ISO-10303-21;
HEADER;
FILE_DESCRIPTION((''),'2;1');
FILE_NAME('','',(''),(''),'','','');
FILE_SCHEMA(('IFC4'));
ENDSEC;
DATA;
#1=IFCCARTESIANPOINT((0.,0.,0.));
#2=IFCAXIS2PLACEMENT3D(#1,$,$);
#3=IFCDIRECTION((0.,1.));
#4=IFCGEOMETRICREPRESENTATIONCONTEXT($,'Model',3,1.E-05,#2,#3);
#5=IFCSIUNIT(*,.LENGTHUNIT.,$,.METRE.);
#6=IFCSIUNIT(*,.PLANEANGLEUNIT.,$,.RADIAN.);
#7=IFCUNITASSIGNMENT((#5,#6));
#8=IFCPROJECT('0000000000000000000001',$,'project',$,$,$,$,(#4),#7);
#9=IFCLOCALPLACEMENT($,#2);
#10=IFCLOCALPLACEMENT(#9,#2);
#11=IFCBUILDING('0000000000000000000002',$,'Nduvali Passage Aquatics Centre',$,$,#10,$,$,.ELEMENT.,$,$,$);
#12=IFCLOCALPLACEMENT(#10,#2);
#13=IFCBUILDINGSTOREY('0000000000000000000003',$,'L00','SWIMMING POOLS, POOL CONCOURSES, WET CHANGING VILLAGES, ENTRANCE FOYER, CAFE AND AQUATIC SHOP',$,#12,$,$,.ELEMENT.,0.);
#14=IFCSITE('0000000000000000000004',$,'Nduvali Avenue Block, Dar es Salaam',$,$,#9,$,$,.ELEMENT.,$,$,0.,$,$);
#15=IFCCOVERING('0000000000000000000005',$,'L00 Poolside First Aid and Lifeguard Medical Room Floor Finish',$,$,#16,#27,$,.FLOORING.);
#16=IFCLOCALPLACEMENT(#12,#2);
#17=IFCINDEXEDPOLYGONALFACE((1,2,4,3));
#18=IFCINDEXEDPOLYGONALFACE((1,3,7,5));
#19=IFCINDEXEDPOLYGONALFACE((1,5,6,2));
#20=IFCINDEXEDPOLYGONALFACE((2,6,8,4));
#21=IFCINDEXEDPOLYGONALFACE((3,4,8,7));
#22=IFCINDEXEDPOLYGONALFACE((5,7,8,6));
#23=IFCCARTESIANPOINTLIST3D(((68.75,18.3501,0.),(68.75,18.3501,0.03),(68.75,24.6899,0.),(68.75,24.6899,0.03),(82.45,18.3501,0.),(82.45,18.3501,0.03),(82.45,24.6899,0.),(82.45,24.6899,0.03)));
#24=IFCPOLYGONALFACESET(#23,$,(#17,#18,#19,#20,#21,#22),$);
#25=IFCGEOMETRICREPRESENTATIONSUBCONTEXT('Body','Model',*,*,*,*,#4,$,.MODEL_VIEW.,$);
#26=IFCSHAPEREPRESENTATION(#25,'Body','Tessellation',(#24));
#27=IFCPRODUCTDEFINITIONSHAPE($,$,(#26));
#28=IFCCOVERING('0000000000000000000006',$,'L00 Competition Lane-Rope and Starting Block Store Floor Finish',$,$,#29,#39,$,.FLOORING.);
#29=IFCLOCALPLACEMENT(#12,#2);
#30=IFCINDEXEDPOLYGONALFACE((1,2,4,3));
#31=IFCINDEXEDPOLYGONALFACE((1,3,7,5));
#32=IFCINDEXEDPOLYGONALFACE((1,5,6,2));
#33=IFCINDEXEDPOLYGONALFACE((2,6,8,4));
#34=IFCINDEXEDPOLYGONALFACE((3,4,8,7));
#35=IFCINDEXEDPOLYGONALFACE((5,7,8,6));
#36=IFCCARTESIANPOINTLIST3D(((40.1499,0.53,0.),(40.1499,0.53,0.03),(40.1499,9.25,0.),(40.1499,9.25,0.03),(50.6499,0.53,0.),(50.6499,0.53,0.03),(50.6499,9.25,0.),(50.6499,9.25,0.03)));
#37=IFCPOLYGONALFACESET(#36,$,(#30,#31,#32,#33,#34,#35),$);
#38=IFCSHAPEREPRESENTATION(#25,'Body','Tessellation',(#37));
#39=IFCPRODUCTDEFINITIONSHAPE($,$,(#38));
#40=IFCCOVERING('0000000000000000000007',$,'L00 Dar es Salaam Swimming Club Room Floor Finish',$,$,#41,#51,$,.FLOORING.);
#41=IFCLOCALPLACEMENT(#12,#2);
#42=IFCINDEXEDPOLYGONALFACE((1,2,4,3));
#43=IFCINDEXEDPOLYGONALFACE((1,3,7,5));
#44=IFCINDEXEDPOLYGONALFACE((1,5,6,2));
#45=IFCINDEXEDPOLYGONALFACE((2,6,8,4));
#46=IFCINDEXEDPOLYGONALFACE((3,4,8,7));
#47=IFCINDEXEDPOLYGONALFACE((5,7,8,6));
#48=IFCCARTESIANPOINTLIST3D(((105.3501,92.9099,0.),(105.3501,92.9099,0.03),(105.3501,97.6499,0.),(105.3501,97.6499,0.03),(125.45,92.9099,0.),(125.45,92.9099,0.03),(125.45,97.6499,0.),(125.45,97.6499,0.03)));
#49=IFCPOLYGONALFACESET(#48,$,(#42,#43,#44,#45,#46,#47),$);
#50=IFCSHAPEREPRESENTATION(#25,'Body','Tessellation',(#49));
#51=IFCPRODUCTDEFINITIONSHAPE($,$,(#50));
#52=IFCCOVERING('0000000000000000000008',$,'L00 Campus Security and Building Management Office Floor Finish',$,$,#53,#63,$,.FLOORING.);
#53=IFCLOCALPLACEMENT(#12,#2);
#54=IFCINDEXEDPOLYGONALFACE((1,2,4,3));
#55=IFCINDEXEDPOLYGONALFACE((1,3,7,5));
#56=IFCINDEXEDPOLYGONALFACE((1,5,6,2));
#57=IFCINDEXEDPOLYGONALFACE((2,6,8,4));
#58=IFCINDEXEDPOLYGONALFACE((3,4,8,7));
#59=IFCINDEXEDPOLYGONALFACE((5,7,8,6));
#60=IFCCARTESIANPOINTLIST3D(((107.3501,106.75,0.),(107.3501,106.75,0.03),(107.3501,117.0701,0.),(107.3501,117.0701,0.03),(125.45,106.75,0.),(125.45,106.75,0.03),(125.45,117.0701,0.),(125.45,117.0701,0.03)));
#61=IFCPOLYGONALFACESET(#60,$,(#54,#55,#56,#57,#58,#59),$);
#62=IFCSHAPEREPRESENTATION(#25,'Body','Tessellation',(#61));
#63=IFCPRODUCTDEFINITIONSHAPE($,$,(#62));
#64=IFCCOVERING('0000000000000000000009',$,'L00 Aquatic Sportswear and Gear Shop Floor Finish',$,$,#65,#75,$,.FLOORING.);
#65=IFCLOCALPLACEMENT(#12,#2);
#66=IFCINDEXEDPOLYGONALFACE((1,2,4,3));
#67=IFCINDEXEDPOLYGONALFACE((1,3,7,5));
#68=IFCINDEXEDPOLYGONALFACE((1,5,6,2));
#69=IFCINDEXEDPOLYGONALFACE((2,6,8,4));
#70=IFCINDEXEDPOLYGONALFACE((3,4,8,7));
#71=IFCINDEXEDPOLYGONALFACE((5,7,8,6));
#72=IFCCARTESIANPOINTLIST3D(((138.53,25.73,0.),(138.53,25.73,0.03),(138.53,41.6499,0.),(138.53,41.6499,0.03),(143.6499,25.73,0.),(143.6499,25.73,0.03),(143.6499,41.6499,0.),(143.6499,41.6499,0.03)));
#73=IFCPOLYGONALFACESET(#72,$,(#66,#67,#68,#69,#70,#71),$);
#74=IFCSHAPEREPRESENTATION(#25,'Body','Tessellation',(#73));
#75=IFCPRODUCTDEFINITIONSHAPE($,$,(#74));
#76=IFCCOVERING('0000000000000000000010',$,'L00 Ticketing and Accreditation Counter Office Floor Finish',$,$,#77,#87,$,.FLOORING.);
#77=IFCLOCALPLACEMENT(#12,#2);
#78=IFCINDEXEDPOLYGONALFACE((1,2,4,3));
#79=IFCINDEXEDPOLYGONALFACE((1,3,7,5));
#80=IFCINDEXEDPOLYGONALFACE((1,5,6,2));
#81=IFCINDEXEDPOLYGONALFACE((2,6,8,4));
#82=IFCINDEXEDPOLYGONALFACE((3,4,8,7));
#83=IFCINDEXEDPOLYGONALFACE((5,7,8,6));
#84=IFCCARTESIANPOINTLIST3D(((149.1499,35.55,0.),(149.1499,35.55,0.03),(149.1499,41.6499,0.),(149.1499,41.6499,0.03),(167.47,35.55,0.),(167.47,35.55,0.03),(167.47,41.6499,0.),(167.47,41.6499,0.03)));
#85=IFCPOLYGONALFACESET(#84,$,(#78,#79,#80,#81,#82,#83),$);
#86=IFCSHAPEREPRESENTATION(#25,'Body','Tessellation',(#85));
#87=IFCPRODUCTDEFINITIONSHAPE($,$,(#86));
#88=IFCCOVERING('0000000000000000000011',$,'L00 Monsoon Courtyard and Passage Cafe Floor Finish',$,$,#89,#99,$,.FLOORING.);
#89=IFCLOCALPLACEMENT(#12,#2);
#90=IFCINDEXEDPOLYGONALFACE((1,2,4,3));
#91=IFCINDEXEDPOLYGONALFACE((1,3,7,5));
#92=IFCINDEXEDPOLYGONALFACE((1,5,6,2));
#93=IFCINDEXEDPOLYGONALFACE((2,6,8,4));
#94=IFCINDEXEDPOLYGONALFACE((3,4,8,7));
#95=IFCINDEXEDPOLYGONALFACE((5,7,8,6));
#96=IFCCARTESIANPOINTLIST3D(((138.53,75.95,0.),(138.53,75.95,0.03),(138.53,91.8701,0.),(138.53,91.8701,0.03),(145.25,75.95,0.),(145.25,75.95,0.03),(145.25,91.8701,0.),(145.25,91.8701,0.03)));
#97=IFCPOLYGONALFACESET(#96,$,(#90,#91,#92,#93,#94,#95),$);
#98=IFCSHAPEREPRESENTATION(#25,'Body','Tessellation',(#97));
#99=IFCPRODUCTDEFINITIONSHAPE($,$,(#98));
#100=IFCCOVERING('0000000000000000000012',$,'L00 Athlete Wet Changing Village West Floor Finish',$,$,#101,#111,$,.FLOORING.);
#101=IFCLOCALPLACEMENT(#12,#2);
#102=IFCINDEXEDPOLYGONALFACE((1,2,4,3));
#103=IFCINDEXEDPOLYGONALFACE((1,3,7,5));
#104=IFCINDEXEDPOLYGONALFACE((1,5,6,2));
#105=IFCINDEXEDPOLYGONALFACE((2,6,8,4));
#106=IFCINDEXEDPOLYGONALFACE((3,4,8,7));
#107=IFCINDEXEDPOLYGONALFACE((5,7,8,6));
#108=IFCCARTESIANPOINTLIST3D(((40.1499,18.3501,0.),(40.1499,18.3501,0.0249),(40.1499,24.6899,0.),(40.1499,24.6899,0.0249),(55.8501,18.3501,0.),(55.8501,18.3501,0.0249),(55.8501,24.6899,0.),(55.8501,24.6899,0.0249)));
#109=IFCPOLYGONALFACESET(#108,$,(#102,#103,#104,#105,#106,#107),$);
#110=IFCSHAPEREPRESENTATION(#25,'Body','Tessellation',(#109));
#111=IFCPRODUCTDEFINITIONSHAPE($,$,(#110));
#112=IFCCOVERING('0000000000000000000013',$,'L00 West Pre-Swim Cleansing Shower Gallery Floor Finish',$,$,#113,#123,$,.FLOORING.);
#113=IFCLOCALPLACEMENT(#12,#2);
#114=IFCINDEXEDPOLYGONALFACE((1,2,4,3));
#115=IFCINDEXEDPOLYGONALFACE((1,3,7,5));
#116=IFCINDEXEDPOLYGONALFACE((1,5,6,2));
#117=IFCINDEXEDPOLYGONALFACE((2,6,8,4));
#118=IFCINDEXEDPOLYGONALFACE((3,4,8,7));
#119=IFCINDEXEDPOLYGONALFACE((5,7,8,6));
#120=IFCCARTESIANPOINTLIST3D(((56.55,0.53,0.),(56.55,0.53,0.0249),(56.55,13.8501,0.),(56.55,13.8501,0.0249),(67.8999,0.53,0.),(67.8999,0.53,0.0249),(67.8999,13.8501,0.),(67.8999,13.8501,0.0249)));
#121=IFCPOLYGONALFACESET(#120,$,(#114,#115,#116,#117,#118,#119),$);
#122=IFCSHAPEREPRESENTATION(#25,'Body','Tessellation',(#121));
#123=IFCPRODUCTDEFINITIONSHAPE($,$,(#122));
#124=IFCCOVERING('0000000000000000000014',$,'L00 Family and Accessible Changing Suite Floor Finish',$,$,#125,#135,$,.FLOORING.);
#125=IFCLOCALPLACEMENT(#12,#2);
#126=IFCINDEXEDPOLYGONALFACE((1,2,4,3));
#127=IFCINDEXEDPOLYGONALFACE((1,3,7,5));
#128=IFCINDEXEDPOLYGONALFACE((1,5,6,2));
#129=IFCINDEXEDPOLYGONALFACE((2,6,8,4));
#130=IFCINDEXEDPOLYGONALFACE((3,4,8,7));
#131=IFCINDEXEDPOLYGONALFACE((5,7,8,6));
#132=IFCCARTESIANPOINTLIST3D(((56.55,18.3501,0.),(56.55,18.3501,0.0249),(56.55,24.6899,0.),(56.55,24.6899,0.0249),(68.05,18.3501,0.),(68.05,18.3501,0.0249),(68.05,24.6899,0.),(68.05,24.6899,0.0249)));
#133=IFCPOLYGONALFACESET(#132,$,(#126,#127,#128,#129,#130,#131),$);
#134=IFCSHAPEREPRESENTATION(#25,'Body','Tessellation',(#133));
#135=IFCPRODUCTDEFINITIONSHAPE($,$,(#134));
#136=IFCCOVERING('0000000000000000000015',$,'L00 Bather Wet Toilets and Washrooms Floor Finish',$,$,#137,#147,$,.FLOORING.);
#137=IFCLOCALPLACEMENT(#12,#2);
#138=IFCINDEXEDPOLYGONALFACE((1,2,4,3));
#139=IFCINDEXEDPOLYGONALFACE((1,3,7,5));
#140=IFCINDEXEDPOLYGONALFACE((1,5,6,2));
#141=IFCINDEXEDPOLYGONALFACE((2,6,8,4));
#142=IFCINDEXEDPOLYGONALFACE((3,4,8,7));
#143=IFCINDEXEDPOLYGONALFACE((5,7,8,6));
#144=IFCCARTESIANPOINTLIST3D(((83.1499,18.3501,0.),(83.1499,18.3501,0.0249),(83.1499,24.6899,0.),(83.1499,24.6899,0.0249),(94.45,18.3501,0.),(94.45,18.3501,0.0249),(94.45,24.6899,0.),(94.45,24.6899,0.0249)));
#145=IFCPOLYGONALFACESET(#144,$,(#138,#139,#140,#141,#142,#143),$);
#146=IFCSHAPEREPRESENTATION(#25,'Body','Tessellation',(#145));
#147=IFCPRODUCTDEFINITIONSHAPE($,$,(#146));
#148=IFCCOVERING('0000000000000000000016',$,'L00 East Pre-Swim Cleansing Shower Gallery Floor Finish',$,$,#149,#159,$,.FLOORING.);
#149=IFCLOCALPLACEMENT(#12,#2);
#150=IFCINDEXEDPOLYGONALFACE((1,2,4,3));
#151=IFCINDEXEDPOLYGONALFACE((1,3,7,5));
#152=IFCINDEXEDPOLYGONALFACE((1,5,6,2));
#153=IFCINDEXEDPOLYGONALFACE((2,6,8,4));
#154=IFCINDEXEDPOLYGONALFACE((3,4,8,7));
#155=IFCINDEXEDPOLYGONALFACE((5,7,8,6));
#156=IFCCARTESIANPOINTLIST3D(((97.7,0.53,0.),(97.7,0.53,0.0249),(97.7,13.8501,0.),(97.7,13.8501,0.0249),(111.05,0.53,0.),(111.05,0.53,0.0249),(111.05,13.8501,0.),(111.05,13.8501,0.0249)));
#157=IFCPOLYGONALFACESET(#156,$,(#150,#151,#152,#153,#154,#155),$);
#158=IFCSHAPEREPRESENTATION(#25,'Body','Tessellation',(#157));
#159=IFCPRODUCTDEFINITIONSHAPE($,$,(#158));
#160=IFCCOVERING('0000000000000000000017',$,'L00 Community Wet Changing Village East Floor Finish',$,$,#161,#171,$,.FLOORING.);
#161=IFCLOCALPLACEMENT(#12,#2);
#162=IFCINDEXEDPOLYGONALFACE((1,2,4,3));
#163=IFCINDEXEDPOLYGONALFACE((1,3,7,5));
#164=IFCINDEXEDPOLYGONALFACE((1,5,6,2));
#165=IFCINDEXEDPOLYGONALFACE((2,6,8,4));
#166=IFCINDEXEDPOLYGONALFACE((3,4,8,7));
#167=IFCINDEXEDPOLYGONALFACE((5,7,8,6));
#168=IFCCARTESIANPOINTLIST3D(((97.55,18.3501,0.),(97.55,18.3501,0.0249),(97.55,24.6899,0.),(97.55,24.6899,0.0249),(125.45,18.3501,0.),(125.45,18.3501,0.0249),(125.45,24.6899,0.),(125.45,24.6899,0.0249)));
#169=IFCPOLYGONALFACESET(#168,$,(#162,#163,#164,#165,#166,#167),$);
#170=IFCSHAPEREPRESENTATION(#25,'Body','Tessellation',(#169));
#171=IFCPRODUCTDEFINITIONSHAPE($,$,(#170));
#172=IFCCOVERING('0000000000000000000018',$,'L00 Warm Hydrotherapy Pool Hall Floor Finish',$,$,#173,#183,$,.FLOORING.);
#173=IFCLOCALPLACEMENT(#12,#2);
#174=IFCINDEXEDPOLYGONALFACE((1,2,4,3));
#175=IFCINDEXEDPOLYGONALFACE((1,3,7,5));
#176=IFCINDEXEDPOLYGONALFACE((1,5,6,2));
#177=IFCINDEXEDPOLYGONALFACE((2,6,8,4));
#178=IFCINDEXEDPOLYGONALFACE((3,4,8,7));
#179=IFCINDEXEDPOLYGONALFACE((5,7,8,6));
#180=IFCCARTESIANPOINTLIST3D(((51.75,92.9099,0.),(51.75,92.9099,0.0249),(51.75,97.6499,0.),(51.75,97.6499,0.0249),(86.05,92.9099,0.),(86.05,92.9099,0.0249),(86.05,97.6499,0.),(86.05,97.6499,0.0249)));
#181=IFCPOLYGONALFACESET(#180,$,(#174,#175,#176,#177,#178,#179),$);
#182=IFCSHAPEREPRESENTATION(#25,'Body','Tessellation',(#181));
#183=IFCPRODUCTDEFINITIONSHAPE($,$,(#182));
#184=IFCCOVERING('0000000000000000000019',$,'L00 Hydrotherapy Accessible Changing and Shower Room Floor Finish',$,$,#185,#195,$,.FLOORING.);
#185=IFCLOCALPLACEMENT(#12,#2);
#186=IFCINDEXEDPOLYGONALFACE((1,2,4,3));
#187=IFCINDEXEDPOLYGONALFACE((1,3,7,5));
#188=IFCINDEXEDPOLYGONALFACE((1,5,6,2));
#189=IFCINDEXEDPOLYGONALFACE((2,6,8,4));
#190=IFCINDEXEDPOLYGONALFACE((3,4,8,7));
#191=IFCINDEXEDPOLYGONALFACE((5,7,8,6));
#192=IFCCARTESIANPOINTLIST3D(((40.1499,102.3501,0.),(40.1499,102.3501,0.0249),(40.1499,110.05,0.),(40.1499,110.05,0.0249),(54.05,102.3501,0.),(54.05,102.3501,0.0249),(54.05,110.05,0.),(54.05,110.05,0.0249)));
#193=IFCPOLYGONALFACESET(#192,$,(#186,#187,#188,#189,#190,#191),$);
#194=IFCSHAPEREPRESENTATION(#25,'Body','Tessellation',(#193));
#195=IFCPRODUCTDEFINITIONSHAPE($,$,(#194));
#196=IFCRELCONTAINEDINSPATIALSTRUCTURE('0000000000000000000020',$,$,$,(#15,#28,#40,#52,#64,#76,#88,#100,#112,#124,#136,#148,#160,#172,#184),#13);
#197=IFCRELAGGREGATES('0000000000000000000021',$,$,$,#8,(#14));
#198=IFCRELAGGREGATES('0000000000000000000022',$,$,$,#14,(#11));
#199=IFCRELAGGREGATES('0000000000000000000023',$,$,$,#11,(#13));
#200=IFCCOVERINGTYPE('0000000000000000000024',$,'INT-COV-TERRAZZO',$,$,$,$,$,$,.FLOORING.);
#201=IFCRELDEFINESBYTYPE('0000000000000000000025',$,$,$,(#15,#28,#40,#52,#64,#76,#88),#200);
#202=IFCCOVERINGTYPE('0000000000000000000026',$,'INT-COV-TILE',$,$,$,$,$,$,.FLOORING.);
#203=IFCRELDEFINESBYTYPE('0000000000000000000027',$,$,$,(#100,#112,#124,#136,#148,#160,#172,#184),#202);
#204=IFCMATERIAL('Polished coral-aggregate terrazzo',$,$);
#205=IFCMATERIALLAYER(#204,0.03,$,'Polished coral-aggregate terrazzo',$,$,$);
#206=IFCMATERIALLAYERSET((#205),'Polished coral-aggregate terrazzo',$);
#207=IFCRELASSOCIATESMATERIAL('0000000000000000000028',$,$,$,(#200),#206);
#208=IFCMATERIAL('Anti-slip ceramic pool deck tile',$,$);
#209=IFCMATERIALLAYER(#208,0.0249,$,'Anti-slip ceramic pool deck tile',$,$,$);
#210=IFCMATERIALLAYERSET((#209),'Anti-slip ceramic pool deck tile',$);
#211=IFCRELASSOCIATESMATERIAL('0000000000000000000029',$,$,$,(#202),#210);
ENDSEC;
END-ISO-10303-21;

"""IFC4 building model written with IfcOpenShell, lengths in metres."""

from ifc_helpers import new_model, si_unit, direction, origin, place, context, subcontext, project, spatial, polyline, outline, extrude, material, layer, layer_set, type_object, element, save


model = new_model("IFC4")

# Units and contexts
model_context = context("Model", 3, precision=1e-05, world=origin(), true_north=direction((0.0, 1.0)))
body_context = subcontext(model_context, "Body", "Model", "MODEL_VIEW")
ifc_project = project(units=[si_unit("LENGTHUNIT", "METRE"), si_unit("PLANEANGLEUNIT", "RADIAN")], contexts=[model_context])

# Site, building, storey
site_placement = place(None, origin())
site = spatial("IfcSite", under=ifc_project, at=site_placement, Name="Nduvali Avenue Block, Dar es Salaam", CompositionType="ELEMENT", RefElevation=0.0)
building_placement = place(site_placement, origin())
building = spatial("IfcBuilding", under=site, at=building_placement, Name="Nduvali Passage Aquatics Centre", CompositionType="ELEMENT")
storey_placement = place(building_placement, origin())
storey = spatial("IfcBuildingStorey", under=building, at=storey_placement, Name="L00", Description="SWIMMING POOLS, POOL CONCOURSES, WET CHANGING VILLAGES, ENTRANCE FOYER, CAFE AND AQUATIC SHOP", CompositionType="ELEMENT", Elevation=0.0)

# Coverings
ifc_material_1 = material(Name="Polished coral-aggregate terrazzo")
ifc_layer_1 = layer(ifc_material_1, 0.03, Name="Polished coral-aggregate terrazzo")
ifc_layer_set_1 = layer_set([ifc_layer_1], Name="Polished coral-aggregate terrazzo")
covering_type_1 = type_object("IfcCoveringType", Name="INT-COV-TERRAZZO", PredefinedType="FLOORING", material=ifc_layer_set_1)
covering_1_placement = place(storey_placement, origin())
element("IfcCovering", 1, at=covering_1_placement, inside=storey, type_object=covering_type_1, Name="L00 Poolside First Aid and Lifeguard Medical Room Floor Finish", PredefinedType="FLOORING", context=body_context, shape_type="SweptSolid", body=[
    extrude(outline(polyline([(68.75, 18.3501), (82.45, 18.3501), (82.45, 24.6899), (68.75, 24.6899), (68.75, 18.3501)])), origin(), (0.0, 0.0, 1.0), 0.03),
])
covering_2_placement = place(storey_placement, origin())
element("IfcCovering", 2, at=covering_2_placement, inside=storey, type_object=covering_type_1, Name="L00 Competition Lane-Rope and Starting Block Store Floor Finish", PredefinedType="FLOORING", context=body_context, shape_type="SweptSolid", body=[
    extrude(outline(polyline([(40.1499, 0.53), (50.6499, 0.53), (50.6499, 9.25), (40.1499, 9.25), (40.1499, 0.53)])), origin(), (0.0, 0.0, 1.0), 0.03),
])
covering_3_placement = place(storey_placement, origin())
element("IfcCovering", 3, at=covering_3_placement, inside=storey, type_object=covering_type_1, Name="L00 Dar es Salaam Swimming Club Room Floor Finish", PredefinedType="FLOORING", context=body_context, shape_type="SweptSolid", body=[
    extrude(outline(polyline([(105.3501, 92.9099), (125.45, 92.9099), (125.45, 97.6499), (105.3501, 97.6499), (105.3501, 92.9099)])), origin(), (0.0, 0.0, 1.0), 0.03),
])
covering_4_placement = place(storey_placement, origin())
element("IfcCovering", 4, at=covering_4_placement, inside=storey, type_object=covering_type_1, Name="L00 Campus Security and Building Management Office Floor Finish", PredefinedType="FLOORING", context=body_context, shape_type="SweptSolid", body=[
    extrude(outline(polyline([(107.3501, 106.75), (125.45, 106.75), (125.45, 117.0701), (107.3501, 117.0701), (107.3501, 106.75)])), origin(), (0.0, 0.0, 1.0), 0.03),
])
covering_5_placement = place(storey_placement, origin())
element("IfcCovering", 5, at=covering_5_placement, inside=storey, type_object=covering_type_1, Name="L00 Aquatic Sportswear and Gear Shop Floor Finish", PredefinedType="FLOORING", context=body_context, shape_type="SweptSolid", body=[
    extrude(outline(polyline([(138.53, 25.73), (143.6499, 25.73), (143.6499, 41.6499), (138.53, 41.6499), (138.53, 25.73)])), origin(), (0.0, 0.0, 1.0), 0.03),
])
covering_6_placement = place(storey_placement, origin())
element("IfcCovering", 6, at=covering_6_placement, inside=storey, type_object=covering_type_1, Name="L00 Ticketing and Accreditation Counter Office Floor Finish", PredefinedType="FLOORING", context=body_context, shape_type="SweptSolid", body=[
    extrude(outline(polyline([(149.1499, 35.55), (167.47, 35.55), (167.47, 41.6499), (149.1499, 41.6499), (149.1499, 35.55)])), origin(), (0.0, 0.0, 1.0), 0.03),
])
covering_7_placement = place(storey_placement, origin())
element("IfcCovering", 7, at=covering_7_placement, inside=storey, type_object=covering_type_1, Name="L00 Monsoon Courtyard and Passage Cafe Floor Finish", PredefinedType="FLOORING", context=body_context, shape_type="SweptSolid", body=[
    extrude(outline(polyline([(138.53, 75.95), (145.25, 75.95), (145.25, 91.8701), (138.53, 91.8701), (138.53, 75.95)])), origin(), (0.0, 0.0, 1.0), 0.03),
])
ifc_material_2 = material(Name="Anti-slip ceramic pool deck tile")
ifc_layer_2 = layer(ifc_material_2, 0.0249, Name="Anti-slip ceramic pool deck tile")
ifc_layer_set_2 = layer_set([ifc_layer_2], Name="Anti-slip ceramic pool deck tile")
covering_type_2 = type_object("IfcCoveringType", Name="INT-COV-TILE", PredefinedType="FLOORING", material=ifc_layer_set_2)
covering_8_placement = place(storey_placement, origin())
element("IfcCovering", 8, at=covering_8_placement, inside=storey, type_object=covering_type_2, Name="L00 Athlete Wet Changing Village West Floor Finish", PredefinedType="FLOORING", context=body_context, shape_type="SweptSolid", body=[
    extrude(outline(polyline([(40.1499, 18.3501), (55.8501, 18.3501), (55.8501, 24.6899), (40.1499, 24.6899), (40.1499, 18.3501)])), origin(), (0.0, 0.0, 1.0), 0.0249),
])
covering_9_placement = place(storey_placement, origin())
element("IfcCovering", 9, at=covering_9_placement, inside=storey, type_object=covering_type_2, Name="L00 West Pre-Swim Cleansing Shower Gallery Floor Finish", PredefinedType="FLOORING", context=body_context, shape_type="SweptSolid", body=[
    extrude(outline(polyline([(56.55, 0.53), (67.8999, 0.53), (67.8999, 13.8501), (56.55, 13.8501), (56.55, 0.53)])), origin(), (0.0, 0.0, 1.0), 0.0249),
])
covering_10_placement = place(storey_placement, origin())
element("IfcCovering", 10, at=covering_10_placement, inside=storey, type_object=covering_type_2, Name="L00 Family and Accessible Changing Suite Floor Finish", PredefinedType="FLOORING", context=body_context, shape_type="SweptSolid", body=[
    extrude(outline(polyline([(56.55, 18.3501), (68.05, 18.3501), (68.05, 24.6899), (56.55, 24.6899), (56.55, 18.3501)])), origin(), (0.0, 0.0, 1.0), 0.0249),
])
covering_11_placement = place(storey_placement, origin())
element("IfcCovering", 11, at=covering_11_placement, inside=storey, type_object=covering_type_2, Name="L00 Bather Wet Toilets and Washrooms Floor Finish", PredefinedType="FLOORING", context=body_context, shape_type="SweptSolid", body=[
    extrude(outline(polyline([(83.1499, 18.3501), (94.45, 18.3501), (94.45, 24.6899), (83.1499, 24.6899), (83.1499, 18.3501)])), origin(), (0.0, 0.0, 1.0), 0.0249),
])
covering_12_placement = place(storey_placement, origin())
element("IfcCovering", 12, at=covering_12_placement, inside=storey, type_object=covering_type_2, Name="L00 East Pre-Swim Cleansing Shower Gallery Floor Finish", PredefinedType="FLOORING", context=body_context, shape_type="SweptSolid", body=[
    extrude(outline(polyline([(97.7, 0.53), (111.05, 0.53), (111.05, 13.8501), (97.7, 13.8501), (97.7, 0.53)])), origin(), (0.0, 0.0, 1.0), 0.0249),
])
covering_13_placement = place(storey_placement, origin())
element("IfcCovering", 13, at=covering_13_placement, inside=storey, type_object=covering_type_2, Name="L00 Community Wet Changing Village East Floor Finish", PredefinedType="FLOORING", context=body_context, shape_type="SweptSolid", body=[
    extrude(outline(polyline([(97.55, 18.3501), (125.45, 18.3501), (125.45, 24.6899), (97.55, 24.6899), (97.55, 18.3501)])), origin(), (0.0, 0.0, 1.0), 0.0249),
])
covering_14_placement = place(storey_placement, origin())
element("IfcCovering", 14, at=covering_14_placement, inside=storey, type_object=covering_type_2, Name="L00 Warm Hydrotherapy Pool Hall Floor Finish", PredefinedType="FLOORING", context=body_context, shape_type="SweptSolid", body=[
    extrude(outline(polyline([(51.75, 92.9099), (86.05, 92.9099), (86.05, 97.6499), (51.75, 97.6499), (51.75, 92.9099)])), origin(), (0.0, 0.0, 1.0), 0.0249),
])
covering_15_placement = place(storey_placement, origin())
element("IfcCovering", 15, at=covering_15_placement, inside=storey, type_object=covering_type_2, Name="L00 Hydrotherapy Accessible Changing and Shower Room Floor Finish", PredefinedType="FLOORING", context=body_context, shape_type="SweptSolid", body=[
    extrude(outline(polyline([(40.1499, 102.3501), (54.05, 102.3501), (54.05, 110.05), (40.1499, 110.05), (40.1499, 102.3501)])), origin(), (0.0, 0.0, 1.0), 0.0249),
])

save(model, "model.ifc")
